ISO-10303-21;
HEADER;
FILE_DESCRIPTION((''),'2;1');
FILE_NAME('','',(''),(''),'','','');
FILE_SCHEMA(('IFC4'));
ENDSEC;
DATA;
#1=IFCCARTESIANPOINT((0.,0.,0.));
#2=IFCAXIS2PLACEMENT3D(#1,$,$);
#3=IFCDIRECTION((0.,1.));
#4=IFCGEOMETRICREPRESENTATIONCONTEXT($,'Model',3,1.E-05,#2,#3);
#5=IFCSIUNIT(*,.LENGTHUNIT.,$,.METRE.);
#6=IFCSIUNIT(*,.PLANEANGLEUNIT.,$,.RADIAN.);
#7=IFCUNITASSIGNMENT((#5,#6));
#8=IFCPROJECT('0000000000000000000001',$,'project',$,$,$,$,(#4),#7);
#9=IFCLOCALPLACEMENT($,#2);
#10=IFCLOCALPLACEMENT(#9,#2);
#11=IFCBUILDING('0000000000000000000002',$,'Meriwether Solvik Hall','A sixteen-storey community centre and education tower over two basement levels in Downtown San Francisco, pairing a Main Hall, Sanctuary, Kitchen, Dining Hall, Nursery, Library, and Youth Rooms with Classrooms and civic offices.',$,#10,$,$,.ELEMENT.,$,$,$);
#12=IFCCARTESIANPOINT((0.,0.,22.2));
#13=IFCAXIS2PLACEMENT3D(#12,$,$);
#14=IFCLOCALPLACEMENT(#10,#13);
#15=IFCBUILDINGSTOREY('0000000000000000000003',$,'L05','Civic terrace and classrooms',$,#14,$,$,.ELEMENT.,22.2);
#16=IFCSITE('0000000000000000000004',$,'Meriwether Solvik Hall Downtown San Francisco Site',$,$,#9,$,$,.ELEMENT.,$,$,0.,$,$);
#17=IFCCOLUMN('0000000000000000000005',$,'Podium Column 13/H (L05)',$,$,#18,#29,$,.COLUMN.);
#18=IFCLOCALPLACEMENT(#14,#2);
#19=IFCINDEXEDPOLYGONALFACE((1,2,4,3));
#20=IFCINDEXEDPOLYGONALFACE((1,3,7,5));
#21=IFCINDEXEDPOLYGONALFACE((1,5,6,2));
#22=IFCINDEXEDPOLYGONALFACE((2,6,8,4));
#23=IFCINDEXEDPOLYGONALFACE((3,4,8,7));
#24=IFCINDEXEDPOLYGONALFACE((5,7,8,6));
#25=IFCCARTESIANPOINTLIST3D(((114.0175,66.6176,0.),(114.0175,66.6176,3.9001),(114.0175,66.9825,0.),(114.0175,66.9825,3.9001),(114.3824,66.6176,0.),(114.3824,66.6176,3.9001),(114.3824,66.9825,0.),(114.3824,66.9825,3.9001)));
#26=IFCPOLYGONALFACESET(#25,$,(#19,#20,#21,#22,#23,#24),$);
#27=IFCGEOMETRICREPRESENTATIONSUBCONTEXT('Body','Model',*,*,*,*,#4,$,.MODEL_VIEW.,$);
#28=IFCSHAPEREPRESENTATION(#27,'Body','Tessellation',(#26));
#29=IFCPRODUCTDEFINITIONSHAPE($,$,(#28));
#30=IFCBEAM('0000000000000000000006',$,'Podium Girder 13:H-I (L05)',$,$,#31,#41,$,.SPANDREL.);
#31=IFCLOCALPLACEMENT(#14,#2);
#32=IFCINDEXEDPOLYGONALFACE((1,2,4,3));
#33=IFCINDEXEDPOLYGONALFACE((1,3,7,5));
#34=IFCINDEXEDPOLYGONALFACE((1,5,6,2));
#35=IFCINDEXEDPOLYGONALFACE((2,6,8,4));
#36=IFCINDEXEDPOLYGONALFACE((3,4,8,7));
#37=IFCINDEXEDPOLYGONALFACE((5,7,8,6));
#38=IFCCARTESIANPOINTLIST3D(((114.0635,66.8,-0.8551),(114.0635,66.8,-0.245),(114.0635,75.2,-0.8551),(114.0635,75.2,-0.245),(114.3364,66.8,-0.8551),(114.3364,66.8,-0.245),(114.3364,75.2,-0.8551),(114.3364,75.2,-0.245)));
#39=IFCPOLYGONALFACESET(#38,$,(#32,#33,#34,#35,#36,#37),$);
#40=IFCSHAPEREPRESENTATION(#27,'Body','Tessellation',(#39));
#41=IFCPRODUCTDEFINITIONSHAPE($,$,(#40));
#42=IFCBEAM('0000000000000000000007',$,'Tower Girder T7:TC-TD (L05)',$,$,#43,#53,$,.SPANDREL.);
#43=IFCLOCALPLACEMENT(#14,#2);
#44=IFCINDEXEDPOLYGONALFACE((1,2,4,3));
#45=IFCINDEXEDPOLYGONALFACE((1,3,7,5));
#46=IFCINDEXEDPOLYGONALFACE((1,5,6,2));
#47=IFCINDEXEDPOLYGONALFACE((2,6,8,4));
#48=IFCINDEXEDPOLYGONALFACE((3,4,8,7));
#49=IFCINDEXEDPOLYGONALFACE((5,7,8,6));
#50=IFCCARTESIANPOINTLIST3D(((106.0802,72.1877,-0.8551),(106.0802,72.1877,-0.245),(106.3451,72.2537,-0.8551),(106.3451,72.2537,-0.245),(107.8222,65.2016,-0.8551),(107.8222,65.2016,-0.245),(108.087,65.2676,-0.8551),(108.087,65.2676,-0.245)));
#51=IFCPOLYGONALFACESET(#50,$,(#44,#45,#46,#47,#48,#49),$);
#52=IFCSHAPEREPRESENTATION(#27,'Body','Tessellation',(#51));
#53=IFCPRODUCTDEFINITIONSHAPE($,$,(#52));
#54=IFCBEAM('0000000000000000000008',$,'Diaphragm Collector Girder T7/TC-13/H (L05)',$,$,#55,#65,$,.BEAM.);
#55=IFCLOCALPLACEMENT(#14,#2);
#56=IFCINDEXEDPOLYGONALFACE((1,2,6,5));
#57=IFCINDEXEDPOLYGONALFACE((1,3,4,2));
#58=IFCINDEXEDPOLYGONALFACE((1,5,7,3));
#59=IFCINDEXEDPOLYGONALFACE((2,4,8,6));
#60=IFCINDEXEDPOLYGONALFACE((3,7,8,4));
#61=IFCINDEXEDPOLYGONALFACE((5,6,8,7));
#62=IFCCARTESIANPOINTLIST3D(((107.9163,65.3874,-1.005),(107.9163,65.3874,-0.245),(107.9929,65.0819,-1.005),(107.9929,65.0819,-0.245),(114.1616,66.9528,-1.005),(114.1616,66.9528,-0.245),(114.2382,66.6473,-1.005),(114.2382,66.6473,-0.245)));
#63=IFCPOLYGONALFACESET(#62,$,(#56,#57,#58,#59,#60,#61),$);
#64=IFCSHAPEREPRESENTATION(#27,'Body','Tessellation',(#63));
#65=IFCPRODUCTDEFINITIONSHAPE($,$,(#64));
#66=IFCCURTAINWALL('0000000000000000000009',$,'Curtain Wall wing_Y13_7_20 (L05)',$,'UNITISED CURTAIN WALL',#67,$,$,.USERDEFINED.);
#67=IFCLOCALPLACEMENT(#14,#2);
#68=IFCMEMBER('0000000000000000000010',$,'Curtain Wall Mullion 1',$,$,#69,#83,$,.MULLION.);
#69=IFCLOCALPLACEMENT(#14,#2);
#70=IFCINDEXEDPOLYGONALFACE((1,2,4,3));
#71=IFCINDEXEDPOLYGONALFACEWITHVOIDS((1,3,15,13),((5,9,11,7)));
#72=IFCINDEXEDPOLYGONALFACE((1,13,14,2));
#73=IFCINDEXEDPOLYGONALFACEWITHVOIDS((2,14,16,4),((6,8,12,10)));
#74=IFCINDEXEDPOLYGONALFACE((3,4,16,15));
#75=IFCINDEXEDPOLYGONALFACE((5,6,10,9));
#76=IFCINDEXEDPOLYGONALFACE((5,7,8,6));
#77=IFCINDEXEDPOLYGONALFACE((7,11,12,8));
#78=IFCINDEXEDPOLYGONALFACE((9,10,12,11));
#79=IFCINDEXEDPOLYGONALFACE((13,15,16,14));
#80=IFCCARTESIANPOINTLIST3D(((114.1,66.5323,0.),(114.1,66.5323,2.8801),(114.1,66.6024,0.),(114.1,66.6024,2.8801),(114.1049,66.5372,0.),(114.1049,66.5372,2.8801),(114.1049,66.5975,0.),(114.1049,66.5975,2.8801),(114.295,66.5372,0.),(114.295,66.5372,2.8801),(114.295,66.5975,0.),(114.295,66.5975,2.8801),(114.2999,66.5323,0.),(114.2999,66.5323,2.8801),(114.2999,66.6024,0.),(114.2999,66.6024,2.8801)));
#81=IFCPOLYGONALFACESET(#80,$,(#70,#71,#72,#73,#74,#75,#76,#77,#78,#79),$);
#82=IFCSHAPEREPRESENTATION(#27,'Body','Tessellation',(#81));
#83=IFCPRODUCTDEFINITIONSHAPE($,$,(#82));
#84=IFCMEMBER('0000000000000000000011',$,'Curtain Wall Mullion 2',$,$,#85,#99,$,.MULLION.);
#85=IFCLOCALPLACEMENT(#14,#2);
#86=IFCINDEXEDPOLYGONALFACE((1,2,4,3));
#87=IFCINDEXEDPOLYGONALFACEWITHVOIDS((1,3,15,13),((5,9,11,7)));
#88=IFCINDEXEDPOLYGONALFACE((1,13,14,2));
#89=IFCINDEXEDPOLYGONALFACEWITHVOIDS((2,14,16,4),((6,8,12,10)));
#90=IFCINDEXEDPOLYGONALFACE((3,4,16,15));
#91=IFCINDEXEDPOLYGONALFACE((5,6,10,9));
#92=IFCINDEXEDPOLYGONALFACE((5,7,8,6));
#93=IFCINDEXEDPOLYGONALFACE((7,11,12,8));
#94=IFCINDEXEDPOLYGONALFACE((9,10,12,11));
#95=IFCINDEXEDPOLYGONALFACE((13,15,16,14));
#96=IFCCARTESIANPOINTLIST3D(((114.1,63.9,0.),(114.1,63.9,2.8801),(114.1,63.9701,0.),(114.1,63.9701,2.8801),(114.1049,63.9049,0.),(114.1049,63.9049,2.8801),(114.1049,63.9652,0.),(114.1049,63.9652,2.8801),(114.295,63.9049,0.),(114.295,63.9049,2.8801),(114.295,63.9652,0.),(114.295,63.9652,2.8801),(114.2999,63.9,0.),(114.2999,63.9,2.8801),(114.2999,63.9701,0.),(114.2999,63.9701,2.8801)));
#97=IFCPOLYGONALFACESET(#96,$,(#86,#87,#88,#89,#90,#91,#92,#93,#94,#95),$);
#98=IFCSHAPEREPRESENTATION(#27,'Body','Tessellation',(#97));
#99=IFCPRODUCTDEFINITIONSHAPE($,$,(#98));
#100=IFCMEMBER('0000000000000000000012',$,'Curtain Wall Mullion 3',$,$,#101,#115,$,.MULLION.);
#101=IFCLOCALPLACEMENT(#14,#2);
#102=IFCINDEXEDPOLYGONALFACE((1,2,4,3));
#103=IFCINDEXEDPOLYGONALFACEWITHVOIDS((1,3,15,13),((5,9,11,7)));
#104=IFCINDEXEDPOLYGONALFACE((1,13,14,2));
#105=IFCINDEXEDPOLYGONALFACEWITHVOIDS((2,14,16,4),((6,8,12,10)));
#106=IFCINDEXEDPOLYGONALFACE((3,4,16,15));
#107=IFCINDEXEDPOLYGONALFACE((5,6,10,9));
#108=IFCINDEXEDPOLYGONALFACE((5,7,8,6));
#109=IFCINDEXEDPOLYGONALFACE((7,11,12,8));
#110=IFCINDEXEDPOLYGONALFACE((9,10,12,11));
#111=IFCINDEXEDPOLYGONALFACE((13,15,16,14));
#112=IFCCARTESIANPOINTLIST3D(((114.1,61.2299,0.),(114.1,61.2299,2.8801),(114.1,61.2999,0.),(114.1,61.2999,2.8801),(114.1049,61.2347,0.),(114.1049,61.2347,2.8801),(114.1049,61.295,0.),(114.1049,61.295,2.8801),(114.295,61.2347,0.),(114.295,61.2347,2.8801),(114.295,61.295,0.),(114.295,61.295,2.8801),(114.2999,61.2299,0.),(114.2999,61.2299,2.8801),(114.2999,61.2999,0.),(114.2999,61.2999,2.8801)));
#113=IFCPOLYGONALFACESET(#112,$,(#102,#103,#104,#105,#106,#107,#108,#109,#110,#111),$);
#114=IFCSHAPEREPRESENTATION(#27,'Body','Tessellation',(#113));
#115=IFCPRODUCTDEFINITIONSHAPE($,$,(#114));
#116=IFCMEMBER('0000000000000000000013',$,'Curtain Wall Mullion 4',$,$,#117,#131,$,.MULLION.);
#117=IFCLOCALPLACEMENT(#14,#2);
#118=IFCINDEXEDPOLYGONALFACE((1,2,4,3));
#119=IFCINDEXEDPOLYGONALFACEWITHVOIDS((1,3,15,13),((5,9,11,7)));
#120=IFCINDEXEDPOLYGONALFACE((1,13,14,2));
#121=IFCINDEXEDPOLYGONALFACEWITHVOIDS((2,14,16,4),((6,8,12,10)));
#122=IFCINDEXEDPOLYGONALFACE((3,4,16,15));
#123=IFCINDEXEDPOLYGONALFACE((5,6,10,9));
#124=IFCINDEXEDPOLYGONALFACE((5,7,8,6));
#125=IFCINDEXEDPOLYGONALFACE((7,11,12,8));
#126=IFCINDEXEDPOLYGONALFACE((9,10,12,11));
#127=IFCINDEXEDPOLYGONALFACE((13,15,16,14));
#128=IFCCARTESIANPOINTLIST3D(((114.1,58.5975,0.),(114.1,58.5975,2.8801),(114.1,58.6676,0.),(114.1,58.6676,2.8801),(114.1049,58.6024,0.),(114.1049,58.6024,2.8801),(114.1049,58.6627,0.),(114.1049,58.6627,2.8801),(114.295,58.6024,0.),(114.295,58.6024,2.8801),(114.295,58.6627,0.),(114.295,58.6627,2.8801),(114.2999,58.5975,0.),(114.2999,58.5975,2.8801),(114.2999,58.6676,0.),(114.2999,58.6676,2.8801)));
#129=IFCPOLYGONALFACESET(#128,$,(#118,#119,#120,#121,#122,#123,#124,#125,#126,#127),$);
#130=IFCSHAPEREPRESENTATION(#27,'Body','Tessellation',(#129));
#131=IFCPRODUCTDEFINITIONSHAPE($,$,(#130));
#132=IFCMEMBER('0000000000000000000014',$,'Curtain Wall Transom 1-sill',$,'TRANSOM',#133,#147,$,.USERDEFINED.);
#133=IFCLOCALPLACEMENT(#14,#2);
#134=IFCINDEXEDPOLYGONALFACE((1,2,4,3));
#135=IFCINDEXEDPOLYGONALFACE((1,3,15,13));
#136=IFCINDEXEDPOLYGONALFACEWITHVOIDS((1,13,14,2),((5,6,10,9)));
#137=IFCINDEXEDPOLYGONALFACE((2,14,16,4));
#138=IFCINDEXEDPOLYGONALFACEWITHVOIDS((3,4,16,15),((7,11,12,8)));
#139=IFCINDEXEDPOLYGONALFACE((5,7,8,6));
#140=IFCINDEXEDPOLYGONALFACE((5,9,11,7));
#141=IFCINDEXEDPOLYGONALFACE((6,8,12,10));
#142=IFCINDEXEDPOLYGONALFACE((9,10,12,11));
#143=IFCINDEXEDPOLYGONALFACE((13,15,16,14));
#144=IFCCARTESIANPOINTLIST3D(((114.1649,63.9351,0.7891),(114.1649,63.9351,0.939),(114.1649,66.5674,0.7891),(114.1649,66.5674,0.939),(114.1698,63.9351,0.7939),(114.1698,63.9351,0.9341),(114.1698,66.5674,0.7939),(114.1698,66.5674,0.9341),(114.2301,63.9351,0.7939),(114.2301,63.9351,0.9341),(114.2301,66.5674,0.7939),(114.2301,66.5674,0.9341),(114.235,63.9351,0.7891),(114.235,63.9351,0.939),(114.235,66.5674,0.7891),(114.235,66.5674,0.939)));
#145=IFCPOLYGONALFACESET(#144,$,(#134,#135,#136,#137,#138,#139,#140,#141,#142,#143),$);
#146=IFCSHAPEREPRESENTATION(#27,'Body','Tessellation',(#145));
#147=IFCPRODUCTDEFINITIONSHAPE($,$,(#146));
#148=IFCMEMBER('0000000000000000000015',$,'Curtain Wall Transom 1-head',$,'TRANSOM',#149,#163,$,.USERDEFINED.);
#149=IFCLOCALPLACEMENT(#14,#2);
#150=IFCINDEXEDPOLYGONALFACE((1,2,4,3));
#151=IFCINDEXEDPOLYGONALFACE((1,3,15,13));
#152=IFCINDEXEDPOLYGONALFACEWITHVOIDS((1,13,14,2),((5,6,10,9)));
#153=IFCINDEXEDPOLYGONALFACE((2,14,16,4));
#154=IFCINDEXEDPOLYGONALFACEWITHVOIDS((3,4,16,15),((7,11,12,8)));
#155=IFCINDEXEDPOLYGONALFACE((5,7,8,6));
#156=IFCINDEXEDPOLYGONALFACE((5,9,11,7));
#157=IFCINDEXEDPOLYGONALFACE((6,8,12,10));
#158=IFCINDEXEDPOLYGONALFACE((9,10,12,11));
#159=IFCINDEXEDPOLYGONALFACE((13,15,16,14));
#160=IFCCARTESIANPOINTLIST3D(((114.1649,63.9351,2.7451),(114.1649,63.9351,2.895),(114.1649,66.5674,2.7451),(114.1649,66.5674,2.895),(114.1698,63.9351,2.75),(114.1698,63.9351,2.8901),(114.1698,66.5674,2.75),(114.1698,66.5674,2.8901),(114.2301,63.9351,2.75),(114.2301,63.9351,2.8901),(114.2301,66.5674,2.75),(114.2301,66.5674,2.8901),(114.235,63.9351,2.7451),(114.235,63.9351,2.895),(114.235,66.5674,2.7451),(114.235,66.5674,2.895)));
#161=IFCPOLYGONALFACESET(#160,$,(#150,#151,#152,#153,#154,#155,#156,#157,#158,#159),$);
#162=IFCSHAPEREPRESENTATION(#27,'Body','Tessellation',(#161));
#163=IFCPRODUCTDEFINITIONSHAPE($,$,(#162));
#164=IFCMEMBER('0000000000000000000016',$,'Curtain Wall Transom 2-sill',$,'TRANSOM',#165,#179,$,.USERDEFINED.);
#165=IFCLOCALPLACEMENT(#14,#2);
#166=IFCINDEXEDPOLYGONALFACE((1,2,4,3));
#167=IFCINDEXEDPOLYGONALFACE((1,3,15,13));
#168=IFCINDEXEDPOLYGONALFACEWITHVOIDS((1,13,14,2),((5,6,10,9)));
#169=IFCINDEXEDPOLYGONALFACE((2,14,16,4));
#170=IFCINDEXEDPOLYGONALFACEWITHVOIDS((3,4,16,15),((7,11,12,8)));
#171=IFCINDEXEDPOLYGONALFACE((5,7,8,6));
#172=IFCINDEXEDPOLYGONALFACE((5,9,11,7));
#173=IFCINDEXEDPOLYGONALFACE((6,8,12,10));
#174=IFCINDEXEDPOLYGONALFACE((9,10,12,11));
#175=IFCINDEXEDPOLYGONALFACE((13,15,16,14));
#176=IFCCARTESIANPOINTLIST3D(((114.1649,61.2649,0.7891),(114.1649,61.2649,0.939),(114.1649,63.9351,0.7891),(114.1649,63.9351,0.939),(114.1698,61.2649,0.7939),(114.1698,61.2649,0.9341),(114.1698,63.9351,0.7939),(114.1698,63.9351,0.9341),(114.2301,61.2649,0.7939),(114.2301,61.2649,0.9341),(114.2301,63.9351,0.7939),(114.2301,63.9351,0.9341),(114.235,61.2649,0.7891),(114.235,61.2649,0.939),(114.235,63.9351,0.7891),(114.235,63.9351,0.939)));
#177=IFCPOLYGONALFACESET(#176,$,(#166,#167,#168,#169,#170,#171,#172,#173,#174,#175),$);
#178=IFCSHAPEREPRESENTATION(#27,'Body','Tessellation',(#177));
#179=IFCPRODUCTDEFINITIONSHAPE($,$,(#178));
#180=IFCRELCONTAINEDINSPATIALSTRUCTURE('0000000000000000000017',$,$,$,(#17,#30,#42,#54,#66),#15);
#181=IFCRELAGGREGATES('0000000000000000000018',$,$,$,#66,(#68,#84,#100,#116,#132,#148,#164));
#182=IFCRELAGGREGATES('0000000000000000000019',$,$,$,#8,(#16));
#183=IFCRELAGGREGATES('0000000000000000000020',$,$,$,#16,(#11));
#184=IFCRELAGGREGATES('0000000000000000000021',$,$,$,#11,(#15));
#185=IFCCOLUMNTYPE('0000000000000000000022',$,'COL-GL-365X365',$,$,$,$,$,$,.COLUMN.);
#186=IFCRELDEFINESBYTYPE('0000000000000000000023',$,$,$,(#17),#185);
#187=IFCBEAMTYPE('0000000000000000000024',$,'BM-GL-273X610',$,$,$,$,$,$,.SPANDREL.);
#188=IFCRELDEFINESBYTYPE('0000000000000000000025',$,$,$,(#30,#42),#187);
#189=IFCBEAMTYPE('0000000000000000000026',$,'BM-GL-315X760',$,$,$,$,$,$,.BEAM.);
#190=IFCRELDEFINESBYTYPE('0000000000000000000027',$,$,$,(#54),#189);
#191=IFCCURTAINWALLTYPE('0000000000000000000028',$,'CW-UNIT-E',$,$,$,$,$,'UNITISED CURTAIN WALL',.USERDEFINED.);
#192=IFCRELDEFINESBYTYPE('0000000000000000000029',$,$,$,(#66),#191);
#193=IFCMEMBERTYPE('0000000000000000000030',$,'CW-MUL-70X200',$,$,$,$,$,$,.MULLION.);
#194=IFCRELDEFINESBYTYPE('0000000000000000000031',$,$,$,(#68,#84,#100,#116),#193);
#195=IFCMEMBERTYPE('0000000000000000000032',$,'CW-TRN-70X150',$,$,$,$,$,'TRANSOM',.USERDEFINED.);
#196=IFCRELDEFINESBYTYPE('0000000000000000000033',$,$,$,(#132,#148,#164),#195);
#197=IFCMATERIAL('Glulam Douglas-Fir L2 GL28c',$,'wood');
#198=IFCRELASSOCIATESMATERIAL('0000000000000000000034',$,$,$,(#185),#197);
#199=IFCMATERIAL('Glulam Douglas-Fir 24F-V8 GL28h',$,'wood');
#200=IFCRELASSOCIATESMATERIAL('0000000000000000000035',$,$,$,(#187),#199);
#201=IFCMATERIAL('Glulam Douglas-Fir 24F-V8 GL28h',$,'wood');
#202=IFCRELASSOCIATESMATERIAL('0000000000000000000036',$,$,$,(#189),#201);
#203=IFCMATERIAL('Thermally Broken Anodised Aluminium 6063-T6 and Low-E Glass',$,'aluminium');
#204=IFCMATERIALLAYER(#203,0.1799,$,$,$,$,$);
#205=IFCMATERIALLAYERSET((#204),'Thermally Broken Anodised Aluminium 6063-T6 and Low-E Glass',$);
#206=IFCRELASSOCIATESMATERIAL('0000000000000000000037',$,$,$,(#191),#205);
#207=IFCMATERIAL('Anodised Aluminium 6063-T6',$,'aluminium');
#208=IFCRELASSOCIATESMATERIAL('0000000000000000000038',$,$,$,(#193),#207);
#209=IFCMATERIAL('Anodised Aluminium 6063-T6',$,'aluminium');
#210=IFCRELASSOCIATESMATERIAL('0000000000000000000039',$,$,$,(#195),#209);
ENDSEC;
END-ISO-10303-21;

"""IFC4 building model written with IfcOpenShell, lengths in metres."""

from ifc_helpers import new_model, si_unit, direction, frame, origin, origin_2d, place, context, subcontext, project, spatial, rectangle, hollow_rectangle, extrude, material, layer, layer_set, material_profile, profile_set, type_object, element, aggregate, save


model = new_model("IFC4")

# Units and contexts
model_context = context("Model", 3, precision=1e-05, world=origin(), true_north=direction((0.0, 1.0)))
body_context = subcontext(model_context, "Body", "Model", "MODEL_VIEW")
ifc_project = project(units=[si_unit("LENGTHUNIT", "METRE"), si_unit("PLANEANGLEUNIT", "RADIAN")], contexts=[model_context])

# Site, building, storey
site_placement = place(None, origin())
site = spatial("IfcSite", under=ifc_project, at=site_placement, Name="Meriwether Solvik Hall Downtown San Francisco Site", CompositionType="ELEMENT", RefElevation=0.0)
building_placement = place(site_placement, origin())
building = spatial("IfcBuilding", under=site, at=building_placement, Name="Meriwether Solvik Hall", Description="A sixteen-storey community centre and education tower over two basement levels in Downtown San Francisco, pairing a Main Hall, Sanctuary, Kitchen, Dining Hall, Nursery, Library, and Youth Rooms with Classrooms and civic offices.", CompositionType="ELEMENT")
storey_placement = place(building_placement, frame((0.0, 0.0, 22.2)))
storey = spatial("IfcBuildingStorey", under=building, at=storey_placement, Name="L05", Description="Civic terrace and classrooms", CompositionType="ELEMENT", Elevation=22.2)

# Column
ifc_material_1 = material(Name="Glulam Douglas-Fir L2 GL28c", Category="wood")
ifc_material_profile_1 = material_profile(ifc_material_1, rectangle(XDim=0.365, YDim=0.365, at=origin_2d()), Name="GLC-365X365")
ifc_profile_set_1 = profile_set([ifc_material_profile_1], Name="Glulam Douglas-Fir L2 GL28c")
column_type = type_object("IfcColumnType", Name="COL-GL-365X365", PredefinedType="COLUMN", material=ifc_profile_set_1)
column_placement = place(storey_placement, frame((114.2, 66.8, 0.0), z_axis=(0.0, 0.0, 1.0), x_axis=(1.0, 0.0, 0.0)))
element("IfcColumn", 1, at=column_placement, inside=storey, type_object=column_type, Name="Podium Column 13/H (L05)", PredefinedType="COLUMN", context=body_context, shape_type="SweptSolid", body=[
    extrude(rectangle(XDim=0.365, YDim=0.365, at=origin_2d()), origin(), (0.0, 0.0, 1.0), 3.9001),
])

# Beams
ifc_material_2 = material(Name="Glulam Douglas-Fir 24F-V8 GL28h", Category="wood")
ifc_material_profile_2 = material_profile(ifc_material_2, rectangle(XDim=0.2729, YDim=0.6101, at=origin_2d()), Name="GLB-273X610")
ifc_profile_set_2 = profile_set([ifc_material_profile_2], Name="Glulam Douglas-Fir 24F-V8 GL28h")
beam_type_1 = type_object("IfcBeamType", Name="BM-GL-273X610", PredefinedType="SPANDREL", material=ifc_profile_set_2)
beam_1_placement = place(storey_placement, frame((114.2, 66.8, -0.55), z_axis=(0.0, 1.0, 0.0), x_axis=(-1.0, 0.0, 0.0)))
element("IfcBeam", 2, at=beam_1_placement, inside=storey, type_object=beam_type_1, Name="Podium Girder 13:H-I (L05)", PredefinedType="SPANDREL", context=body_context, shape_type="SweptSolid", body=[
    extrude(rectangle(XDim=0.2729, YDim=0.6101, at=origin_2d()), origin(), (0.0, 0.0, 1.0), 8.3999),
])
beam_2_placement = place(storey_placement, frame((107.9546, 65.2346, -0.55), z_axis=(-0.241937, 0.970292, 0.0), x_axis=(-0.970292, -0.241937, 0.0)))
element("IfcBeam", 3, at=beam_2_placement, inside=storey, type_object=beam_type_1, Name="Tower Girder T7:TC-TD (L05)", PredefinedType="SPANDREL", context=body_context, shape_type="SweptSolid", body=[
    extrude(rectangle(XDim=0.2729, YDim=0.6101, at=origin_2d()), origin(), (0.0, 0.0, 1.0), 7.2),
])
ifc_material_3 = material(Name="Glulam Douglas-Fir 24F-V8 GL28h", Category="wood")
ifc_material_profile_3 = material_profile(ifc_material_3, rectangle(XDim=0.3149, YDim=0.76, at=origin_2d()), Name="GLB-315X760")
ifc_profile_set_3 = profile_set([ifc_material_profile_3], Name="Glulam Douglas-Fir 24F-V8 GL28h")
beam_type_2 = type_object("IfcBeamType", Name="BM-GL-315X760", PredefinedType="BEAM", material=ifc_profile_set_3)
beam_3_placement = place(storey_placement, frame((107.9546, 65.2346, -0.625), z_axis=(0.969993, 0.243133, 0.0), x_axis=(-0.243133, 0.969993, 0.0)))
element("IfcBeam", 4, at=beam_3_placement, inside=storey, type_object=beam_type_2, Name="Diaphragm Collector Girder T7/TC-13/H (L05)", PredefinedType="BEAM", context=body_context, shape_type="SweptSolid", body=[
    extrude(rectangle(XDim=0.3149, YDim=0.76, at=origin_2d()), origin(), (0.0, 0.0, 1.0), 6.4385),
])

# Curtain wall, members
ifc_material_4 = material(Name="Thermally Broken Anodised Aluminium 6063-T6 and Low-E Glass", Category="aluminium")
ifc_layer_1 = layer(ifc_material_4, 0.1799)
ifc_layer_set_1 = layer_set([ifc_layer_1], Name="Thermally Broken Anodised Aluminium 6063-T6 and Low-E Glass")
curtain_wall_type = type_object("IfcCurtainWallType", Name="CW-UNIT-E", ElementType="UNITISED CURTAIN WALL", PredefinedType="USERDEFINED", material=ifc_layer_set_1)
curtain_wall_placement = place(storey_placement, origin())
curtain_wall = element("IfcCurtainWall", 5, at=curtain_wall_placement, inside=storey, type_object=curtain_wall_type, Name="Curtain Wall wing_Y13_7_20 (L05)", ObjectType="UNITISED CURTAIN WALL", PredefinedType="USERDEFINED")
ifc_material_5 = material(Name="Anodised Aluminium 6063-T6", Category="aluminium")
ifc_material_profile_4 = material_profile(ifc_material_5, hollow_rectangle(XDim=0.0701, YDim=0.2, WallThickness=0.0049, at=origin_2d()), Name="CWM-70X200")
ifc_profile_set_4 = profile_set([ifc_material_profile_4], Name="Anodised Aluminium 6063-T6")
member_type_1 = type_object("IfcMemberType", Name="CW-MUL-70X200", PredefinedType="MULLION", material=ifc_profile_set_4)
member_1_placement = place(storey_placement, frame((114.2, 66.5674, 0.0), z_axis=(0.0, 0.0, 1.0), x_axis=(0.0, -1.0, 0.0)))
member_1 = element("IfcMember", 6, at=member_1_placement, type_object=member_type_1, Name="Curtain Wall Mullion 1", PredefinedType="MULLION", context=body_context, shape_type="SweptSolid", body=[
    extrude(hollow_rectangle(XDim=0.0701, YDim=0.2, WallThickness=0.0049, at=origin_2d()), origin(), (0.0, 0.0, 1.0), 2.8801),
])
member_2_placement = place(storey_placement, frame((114.2, 63.9351, 0.0), z_axis=(0.0, 0.0, 1.0), x_axis=(0.0, -1.0, 0.0)))
member_2 = element("IfcMember", 7, at=member_2_placement, type_object=member_type_1, Name="Curtain Wall Mullion 2", PredefinedType="MULLION", context=body_context, shape_type="SweptSolid", body=[
    extrude(hollow_rectangle(XDim=0.0701, YDim=0.2, WallThickness=0.0049, at=origin_2d()), origin(), (0.0, 0.0, 1.0), 2.8801),
])
member_3_placement = place(storey_placement, frame((114.2, 61.2649, 0.0), z_axis=(0.0, 0.0, 1.0), x_axis=(0.0, -1.0, 0.0)))
member_3 = element("IfcMember", 8, at=member_3_placement, type_object=member_type_1, Name="Curtain Wall Mullion 3", PredefinedType="MULLION", context=body_context, shape_type="SweptSolid", body=[
    extrude(hollow_rectangle(XDim=0.0701, YDim=0.2, WallThickness=0.0049, at=origin_2d()), origin(), (0.0, 0.0, 1.0), 2.8801),
])
member_4_placement = place(storey_placement, frame((114.2, 58.6326, 0.0), z_axis=(0.0, 0.0, 1.0), x_axis=(0.0, -1.0, 0.0)))
member_4 = element("IfcMember", 9, at=member_4_placement, type_object=member_type_1, Name="Curtain Wall Mullion 4", PredefinedType="MULLION", context=body_context, shape_type="SweptSolid", body=[
    extrude(hollow_rectangle(XDim=0.0701, YDim=0.2, WallThickness=0.0049, at=origin_2d()), origin(), (0.0, 0.0, 1.0), 2.8801),
])
ifc_material_6 = material(Name="Anodised Aluminium 6063-T6", Category="aluminium")
ifc_material_profile_5 = material_profile(ifc_material_6, hollow_rectangle(XDim=0.0701, YDim=0.1499, WallThickness=0.0049, at=origin_2d()), Name="CWT-70X150")
ifc_profile_set_5 = profile_set([ifc_material_profile_5], Name="Anodised Aluminium 6063-T6")
member_type_2 = type_object("IfcMemberType", Name="CW-TRN-70X150", ElementType="TRANSOM", PredefinedType="USERDEFINED", material=ifc_profile_set_5)
member_5_placement = place(storey_placement, frame((114.2, 66.5674, 0.864), z_axis=(0.0, -1.0, 0.0), x_axis=(1.0, 0.0, 0.0)))
member_5 = element("IfcMember", 10, at=member_5_placement, type_object=member_type_2, Name="Curtain Wall Transom 1-sill", ObjectType="TRANSOM", PredefinedType="USERDEFINED", context=body_context, shape_type="SweptSolid", body=[
    extrude(hollow_rectangle(XDim=0.0701, YDim=0.1499, WallThickness=0.0049, at=origin_2d()), origin(), (0.0, 0.0, 1.0), 2.6323),
])
member_6_placement = place(storey_placement, frame((114.2, 66.5674, 2.8201), z_axis=(0.0, -1.0, 0.0), x_axis=(1.0, 0.0, 0.0)))
member_6 = element("IfcMember", 11, at=member_6_placement, type_object=member_type_2, Name="Curtain Wall Transom 1-head", ObjectType="TRANSOM", PredefinedType="USERDEFINED", context=body_context, shape_type="SweptSolid", body=[
    extrude(hollow_rectangle(XDim=0.0701, YDim=0.1499, WallThickness=0.0049, at=origin_2d()), origin(), (0.0, 0.0, 1.0), 2.6323),
])
member_7_placement = place(storey_placement, frame((114.2, 63.9351, 0.864), z_axis=(0.0, -1.0, 0.0), x_axis=(1.0, 0.0, 0.0)))
member_7 = element("IfcMember", 12, at=member_7_placement, type_object=member_type_2, Name="Curtain Wall Transom 2-sill", ObjectType="TRANSOM", PredefinedType="USERDEFINED", context=body_context, shape_type="SweptSolid", body=[
    extrude(hollow_rectangle(XDim=0.0701, YDim=0.1499, WallThickness=0.0049, at=origin_2d()), origin(), (0.0, 0.0, 1.0), 2.6702),
])
aggregate(curtain_wall, [member_1, member_2, member_3, member_4, member_5, member_6, member_7])

save(model, "model.ifc")
